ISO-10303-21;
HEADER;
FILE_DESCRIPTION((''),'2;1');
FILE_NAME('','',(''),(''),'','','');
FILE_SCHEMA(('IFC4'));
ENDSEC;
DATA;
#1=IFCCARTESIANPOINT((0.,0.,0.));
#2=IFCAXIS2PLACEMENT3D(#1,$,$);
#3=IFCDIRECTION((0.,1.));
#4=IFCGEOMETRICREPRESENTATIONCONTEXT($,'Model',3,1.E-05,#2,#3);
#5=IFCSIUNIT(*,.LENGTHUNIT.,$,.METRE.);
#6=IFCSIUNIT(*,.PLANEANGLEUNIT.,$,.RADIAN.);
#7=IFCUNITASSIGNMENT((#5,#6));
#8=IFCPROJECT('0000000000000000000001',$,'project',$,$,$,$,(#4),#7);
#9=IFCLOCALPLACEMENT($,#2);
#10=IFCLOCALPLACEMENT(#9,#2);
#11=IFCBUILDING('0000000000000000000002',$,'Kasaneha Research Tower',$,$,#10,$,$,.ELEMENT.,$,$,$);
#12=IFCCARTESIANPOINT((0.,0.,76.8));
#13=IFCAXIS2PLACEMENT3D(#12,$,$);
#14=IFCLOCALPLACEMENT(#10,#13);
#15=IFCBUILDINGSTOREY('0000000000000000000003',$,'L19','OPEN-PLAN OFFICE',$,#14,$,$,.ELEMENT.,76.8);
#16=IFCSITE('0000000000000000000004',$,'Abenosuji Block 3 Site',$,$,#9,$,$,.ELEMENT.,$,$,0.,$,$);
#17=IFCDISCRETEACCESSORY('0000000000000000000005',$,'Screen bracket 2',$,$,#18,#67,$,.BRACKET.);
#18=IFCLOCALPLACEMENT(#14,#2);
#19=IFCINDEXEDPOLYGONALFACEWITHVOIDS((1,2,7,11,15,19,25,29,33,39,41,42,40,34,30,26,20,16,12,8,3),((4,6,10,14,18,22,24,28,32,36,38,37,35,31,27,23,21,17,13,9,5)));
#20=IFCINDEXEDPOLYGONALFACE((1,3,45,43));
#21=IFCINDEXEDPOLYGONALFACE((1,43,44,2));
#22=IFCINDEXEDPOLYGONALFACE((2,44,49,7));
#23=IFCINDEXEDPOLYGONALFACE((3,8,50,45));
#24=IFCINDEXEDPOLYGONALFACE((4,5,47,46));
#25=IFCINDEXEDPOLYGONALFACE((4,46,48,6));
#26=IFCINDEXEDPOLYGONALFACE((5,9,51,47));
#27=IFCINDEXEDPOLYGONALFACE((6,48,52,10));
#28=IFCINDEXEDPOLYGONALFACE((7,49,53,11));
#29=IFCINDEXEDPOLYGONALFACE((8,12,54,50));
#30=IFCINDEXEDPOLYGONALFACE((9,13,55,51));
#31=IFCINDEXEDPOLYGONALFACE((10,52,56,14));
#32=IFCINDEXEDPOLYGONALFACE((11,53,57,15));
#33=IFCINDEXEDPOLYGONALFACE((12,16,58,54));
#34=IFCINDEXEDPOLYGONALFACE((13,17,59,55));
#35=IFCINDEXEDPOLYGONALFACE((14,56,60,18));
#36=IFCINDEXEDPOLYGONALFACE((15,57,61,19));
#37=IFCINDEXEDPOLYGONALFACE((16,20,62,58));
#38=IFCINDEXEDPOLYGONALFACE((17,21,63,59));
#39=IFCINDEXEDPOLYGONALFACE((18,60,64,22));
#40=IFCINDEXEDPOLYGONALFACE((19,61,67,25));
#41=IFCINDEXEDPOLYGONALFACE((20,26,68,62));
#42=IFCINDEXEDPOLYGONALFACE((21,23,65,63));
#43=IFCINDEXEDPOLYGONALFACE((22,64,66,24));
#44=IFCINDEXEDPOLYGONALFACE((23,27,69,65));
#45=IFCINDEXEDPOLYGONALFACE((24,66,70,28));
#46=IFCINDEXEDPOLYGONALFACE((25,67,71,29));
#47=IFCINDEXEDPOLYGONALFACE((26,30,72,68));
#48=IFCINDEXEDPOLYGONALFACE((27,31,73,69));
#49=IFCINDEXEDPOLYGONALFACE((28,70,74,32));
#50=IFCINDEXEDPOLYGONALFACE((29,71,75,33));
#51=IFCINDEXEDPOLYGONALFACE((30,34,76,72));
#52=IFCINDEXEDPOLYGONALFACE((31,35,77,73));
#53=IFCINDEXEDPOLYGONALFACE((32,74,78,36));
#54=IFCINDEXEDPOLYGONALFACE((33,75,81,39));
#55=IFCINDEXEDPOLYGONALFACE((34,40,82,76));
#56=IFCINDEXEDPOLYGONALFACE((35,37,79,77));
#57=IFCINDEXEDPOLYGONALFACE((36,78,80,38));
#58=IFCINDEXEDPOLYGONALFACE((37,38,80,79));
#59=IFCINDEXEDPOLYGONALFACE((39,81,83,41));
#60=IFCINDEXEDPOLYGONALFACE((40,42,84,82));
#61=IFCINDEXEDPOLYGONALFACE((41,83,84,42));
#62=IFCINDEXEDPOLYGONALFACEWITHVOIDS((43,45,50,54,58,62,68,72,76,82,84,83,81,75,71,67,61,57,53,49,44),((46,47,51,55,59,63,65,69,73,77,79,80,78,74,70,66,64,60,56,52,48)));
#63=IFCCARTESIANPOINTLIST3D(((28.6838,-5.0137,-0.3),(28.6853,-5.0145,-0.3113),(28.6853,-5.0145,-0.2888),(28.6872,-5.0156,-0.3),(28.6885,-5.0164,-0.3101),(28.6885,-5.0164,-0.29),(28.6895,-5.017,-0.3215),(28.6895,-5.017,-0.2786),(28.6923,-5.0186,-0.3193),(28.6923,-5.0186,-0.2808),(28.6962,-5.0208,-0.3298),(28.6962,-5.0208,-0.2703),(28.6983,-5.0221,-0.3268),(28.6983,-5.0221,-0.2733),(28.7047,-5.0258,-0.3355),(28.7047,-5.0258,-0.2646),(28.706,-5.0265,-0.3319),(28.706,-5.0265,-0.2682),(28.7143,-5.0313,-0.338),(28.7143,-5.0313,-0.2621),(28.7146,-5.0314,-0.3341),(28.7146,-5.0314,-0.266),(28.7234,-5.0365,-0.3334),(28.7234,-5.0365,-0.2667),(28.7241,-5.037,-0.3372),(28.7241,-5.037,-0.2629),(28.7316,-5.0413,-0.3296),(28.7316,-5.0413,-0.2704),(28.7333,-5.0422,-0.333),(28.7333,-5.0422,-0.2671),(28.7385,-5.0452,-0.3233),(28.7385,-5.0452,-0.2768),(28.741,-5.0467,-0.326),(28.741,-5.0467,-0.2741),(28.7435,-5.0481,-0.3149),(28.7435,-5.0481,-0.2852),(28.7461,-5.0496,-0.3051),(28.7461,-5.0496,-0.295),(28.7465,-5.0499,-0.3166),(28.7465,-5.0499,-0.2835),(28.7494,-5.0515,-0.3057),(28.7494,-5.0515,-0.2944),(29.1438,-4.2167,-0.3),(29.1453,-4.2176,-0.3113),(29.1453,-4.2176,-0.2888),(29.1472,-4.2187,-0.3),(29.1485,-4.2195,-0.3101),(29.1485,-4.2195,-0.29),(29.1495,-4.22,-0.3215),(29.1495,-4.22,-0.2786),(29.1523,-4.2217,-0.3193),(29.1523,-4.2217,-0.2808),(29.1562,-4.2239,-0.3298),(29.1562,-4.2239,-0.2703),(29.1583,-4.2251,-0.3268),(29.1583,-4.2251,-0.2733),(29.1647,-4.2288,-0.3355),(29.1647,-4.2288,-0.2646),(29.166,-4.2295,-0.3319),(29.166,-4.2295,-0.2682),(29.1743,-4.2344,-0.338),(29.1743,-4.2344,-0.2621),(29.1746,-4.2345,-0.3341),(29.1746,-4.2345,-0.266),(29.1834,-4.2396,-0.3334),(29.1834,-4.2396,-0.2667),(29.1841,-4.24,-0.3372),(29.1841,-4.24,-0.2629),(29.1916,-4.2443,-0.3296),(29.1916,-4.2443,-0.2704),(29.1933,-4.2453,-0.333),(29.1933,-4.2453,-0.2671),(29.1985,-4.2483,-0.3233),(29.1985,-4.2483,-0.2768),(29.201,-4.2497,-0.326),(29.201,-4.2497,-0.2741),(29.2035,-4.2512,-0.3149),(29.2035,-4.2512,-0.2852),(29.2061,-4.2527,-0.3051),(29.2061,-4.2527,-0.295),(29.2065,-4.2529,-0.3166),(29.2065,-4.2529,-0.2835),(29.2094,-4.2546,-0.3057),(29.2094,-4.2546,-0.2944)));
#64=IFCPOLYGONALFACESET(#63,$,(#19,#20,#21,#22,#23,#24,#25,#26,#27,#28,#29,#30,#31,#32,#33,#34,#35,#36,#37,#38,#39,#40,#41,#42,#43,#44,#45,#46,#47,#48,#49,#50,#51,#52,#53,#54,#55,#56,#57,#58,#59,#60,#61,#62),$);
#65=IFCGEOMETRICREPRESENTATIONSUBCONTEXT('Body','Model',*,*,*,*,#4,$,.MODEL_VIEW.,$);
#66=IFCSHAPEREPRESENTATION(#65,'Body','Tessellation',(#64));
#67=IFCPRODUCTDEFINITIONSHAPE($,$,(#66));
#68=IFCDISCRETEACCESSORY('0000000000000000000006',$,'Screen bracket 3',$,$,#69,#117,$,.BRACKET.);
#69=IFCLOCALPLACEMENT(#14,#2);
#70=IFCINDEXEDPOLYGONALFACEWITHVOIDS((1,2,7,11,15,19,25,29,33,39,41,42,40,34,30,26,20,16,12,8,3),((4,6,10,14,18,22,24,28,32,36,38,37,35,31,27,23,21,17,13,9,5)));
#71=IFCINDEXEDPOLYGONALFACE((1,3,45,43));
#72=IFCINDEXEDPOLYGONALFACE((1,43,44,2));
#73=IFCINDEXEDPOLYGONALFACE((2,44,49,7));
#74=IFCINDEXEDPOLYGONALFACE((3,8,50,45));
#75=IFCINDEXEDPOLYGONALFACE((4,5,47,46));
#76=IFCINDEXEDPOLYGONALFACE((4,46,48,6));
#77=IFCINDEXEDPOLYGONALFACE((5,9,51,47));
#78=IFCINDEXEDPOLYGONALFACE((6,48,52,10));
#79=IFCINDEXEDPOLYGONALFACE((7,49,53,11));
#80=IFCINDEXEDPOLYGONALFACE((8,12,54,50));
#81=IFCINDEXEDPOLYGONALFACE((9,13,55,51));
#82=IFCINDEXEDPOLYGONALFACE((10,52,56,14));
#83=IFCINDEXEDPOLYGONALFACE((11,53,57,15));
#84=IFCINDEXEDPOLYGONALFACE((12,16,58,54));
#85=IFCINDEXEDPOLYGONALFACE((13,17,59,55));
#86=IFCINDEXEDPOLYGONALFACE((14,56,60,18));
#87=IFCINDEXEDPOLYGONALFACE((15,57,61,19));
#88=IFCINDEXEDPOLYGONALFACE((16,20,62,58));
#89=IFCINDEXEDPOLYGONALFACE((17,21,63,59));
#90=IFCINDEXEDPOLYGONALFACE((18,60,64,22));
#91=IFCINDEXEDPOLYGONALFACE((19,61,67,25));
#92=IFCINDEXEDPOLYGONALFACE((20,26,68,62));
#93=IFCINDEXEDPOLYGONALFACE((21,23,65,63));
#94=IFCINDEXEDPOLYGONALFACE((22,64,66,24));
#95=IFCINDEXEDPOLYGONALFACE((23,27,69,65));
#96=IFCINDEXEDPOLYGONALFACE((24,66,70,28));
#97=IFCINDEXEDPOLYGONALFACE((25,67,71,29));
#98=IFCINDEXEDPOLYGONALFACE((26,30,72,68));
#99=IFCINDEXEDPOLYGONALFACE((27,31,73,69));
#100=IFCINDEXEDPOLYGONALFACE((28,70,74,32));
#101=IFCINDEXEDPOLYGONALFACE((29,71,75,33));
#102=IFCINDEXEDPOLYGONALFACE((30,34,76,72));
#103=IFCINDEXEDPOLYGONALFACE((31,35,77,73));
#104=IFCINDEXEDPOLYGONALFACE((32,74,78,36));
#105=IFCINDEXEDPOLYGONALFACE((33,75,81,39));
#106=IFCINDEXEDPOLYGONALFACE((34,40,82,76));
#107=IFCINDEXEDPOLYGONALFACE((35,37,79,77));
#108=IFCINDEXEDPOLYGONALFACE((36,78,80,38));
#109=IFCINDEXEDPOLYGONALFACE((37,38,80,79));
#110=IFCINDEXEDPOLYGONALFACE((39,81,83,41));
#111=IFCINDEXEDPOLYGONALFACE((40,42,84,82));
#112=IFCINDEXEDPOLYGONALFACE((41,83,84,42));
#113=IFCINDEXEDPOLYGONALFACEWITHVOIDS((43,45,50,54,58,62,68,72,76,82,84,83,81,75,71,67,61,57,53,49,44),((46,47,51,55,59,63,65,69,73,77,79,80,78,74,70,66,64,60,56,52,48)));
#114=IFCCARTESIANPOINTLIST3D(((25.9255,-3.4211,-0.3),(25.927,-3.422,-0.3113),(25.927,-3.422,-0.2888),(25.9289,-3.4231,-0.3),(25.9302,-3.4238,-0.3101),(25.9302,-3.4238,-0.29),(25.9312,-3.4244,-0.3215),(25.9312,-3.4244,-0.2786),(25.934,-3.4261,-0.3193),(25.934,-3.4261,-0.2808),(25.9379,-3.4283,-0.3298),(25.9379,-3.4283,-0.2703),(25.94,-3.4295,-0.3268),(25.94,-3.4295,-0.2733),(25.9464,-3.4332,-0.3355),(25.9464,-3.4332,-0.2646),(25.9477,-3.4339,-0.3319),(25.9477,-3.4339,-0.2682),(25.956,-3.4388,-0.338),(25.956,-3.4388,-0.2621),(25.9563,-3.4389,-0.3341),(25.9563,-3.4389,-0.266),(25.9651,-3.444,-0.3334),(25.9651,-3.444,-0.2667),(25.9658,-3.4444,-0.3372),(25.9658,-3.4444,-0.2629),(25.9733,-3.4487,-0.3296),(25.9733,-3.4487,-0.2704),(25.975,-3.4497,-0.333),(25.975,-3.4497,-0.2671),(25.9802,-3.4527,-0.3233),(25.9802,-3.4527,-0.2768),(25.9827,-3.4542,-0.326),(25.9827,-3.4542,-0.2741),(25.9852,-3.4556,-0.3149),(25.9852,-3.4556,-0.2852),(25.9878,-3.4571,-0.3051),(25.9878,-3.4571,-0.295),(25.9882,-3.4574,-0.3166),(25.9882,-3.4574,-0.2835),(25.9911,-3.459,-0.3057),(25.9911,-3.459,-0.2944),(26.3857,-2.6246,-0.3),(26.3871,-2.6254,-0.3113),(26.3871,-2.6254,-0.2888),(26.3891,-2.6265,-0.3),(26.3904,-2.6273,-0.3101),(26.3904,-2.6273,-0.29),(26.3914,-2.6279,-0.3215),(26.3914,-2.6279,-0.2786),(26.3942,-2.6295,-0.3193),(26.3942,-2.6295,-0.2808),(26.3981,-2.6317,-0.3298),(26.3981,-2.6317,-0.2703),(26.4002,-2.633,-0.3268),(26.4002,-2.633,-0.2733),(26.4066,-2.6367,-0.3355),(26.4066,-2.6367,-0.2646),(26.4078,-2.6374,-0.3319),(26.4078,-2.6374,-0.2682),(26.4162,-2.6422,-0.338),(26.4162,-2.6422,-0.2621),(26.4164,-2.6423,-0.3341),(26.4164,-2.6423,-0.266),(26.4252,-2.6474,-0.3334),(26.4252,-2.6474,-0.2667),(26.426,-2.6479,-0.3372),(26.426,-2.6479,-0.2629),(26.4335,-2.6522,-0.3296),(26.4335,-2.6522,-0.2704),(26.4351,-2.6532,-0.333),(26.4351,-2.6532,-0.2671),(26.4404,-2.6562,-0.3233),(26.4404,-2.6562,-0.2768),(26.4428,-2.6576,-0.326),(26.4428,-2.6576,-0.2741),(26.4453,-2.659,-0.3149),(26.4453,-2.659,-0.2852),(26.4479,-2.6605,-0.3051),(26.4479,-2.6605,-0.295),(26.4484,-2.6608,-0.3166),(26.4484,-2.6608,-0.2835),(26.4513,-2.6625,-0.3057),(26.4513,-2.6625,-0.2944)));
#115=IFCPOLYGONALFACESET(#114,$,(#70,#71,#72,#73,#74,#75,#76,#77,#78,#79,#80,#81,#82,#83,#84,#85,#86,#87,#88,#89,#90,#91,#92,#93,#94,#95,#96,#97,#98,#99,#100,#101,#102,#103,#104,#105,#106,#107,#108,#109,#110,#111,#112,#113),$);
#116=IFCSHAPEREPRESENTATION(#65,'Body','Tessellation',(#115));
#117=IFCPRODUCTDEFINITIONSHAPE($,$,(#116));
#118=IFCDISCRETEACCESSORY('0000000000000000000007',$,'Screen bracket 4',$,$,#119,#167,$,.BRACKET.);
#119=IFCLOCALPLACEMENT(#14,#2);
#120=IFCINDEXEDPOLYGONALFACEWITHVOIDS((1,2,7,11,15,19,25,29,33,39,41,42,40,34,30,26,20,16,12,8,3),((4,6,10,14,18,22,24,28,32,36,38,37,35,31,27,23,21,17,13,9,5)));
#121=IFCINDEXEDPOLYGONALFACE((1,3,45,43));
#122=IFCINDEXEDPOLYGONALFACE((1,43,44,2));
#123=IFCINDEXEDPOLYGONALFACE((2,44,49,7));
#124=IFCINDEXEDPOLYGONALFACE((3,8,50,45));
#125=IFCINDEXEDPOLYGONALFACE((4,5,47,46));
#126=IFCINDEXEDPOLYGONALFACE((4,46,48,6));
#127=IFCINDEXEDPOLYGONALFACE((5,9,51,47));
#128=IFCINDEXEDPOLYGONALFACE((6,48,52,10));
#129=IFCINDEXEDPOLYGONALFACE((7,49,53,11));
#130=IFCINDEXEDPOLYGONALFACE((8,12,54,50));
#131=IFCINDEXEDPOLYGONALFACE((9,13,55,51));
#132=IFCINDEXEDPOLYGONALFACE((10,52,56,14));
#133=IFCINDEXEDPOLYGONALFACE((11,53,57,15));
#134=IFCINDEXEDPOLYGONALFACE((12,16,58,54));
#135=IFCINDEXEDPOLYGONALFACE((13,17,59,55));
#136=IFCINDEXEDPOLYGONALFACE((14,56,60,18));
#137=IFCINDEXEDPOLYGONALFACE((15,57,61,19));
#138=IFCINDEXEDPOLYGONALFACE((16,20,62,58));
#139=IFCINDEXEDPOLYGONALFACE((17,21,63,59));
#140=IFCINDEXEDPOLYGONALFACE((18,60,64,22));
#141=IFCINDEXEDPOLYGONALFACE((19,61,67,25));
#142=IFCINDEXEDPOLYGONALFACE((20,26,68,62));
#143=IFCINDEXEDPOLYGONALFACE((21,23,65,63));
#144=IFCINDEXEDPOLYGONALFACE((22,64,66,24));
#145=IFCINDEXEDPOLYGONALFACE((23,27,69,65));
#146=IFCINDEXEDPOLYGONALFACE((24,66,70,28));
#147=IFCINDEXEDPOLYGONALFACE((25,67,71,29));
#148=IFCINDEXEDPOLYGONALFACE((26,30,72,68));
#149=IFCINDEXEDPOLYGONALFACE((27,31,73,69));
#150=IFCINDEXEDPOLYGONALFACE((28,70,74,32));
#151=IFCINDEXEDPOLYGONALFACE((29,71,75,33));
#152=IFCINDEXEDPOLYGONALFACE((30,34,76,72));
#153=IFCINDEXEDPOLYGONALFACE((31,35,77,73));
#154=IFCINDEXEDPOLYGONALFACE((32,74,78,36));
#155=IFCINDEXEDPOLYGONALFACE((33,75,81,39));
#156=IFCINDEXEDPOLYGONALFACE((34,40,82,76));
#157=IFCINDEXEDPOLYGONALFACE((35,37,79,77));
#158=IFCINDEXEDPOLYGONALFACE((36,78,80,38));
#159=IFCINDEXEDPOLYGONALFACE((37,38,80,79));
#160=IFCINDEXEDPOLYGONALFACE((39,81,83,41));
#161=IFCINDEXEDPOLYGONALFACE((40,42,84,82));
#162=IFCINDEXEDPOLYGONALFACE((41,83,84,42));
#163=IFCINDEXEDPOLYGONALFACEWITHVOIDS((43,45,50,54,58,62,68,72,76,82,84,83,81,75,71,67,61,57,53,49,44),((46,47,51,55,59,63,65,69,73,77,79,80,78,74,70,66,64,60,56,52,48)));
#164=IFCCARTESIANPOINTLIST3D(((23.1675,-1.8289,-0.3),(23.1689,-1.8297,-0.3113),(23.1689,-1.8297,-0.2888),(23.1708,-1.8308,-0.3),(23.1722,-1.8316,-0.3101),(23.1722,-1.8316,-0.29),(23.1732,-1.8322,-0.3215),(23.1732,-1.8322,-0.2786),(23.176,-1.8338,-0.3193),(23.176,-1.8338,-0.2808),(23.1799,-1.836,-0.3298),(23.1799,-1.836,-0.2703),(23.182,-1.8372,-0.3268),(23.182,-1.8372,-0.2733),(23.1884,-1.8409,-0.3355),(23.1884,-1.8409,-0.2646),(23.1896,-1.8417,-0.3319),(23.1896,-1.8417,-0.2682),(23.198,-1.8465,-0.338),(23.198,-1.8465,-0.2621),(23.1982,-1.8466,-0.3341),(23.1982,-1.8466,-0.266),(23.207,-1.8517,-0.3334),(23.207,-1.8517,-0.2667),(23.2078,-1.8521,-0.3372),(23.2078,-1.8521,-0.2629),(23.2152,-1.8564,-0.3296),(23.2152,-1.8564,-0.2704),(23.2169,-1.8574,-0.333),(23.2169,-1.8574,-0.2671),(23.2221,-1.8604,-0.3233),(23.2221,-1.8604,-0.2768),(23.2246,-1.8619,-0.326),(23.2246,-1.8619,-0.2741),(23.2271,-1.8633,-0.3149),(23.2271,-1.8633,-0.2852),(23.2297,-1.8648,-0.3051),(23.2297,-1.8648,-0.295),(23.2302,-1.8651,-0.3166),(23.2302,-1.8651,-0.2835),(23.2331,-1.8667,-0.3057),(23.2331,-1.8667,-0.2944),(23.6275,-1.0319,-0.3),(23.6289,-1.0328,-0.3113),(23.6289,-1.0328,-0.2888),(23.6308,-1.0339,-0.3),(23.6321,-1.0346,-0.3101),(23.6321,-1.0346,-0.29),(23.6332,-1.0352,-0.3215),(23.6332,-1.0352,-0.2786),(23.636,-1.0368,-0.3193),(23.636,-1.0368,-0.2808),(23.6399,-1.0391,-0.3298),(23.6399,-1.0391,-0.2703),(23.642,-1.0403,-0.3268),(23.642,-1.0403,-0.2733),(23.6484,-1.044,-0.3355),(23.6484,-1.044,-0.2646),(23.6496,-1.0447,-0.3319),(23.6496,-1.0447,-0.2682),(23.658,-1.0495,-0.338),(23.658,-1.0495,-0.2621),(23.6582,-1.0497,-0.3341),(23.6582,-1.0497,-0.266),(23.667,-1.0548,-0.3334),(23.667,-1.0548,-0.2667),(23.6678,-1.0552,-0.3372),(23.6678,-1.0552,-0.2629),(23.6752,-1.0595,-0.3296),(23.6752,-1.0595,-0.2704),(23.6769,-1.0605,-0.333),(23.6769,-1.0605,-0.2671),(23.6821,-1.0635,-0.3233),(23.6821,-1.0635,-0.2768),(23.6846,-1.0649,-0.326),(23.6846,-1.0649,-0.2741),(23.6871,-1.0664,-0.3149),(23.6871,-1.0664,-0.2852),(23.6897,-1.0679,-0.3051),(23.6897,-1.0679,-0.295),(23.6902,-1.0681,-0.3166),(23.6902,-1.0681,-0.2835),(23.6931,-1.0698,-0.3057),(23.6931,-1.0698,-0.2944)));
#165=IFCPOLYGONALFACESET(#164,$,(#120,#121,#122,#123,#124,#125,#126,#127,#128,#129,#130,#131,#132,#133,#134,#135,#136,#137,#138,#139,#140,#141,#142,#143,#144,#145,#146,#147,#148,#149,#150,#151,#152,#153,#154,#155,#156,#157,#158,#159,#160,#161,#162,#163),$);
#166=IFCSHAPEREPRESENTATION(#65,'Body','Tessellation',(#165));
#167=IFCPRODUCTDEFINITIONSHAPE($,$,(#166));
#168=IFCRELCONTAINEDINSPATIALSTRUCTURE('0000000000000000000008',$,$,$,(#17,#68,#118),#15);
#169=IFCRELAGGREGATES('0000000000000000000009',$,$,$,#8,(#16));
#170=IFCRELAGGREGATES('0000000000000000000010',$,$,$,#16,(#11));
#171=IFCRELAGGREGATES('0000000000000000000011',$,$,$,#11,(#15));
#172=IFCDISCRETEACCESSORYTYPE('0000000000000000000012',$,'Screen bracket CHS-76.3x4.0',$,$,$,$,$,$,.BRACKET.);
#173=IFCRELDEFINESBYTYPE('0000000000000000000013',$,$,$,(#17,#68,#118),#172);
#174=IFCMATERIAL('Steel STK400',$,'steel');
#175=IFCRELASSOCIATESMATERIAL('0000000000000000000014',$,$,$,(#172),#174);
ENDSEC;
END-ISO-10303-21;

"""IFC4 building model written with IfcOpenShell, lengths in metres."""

from ifc_helpers import new_model, si_unit, direction, frame, origin, origin_2d, place, context, subcontext, project, spatial, hollow_circle, extrude, material, material_profile, profile_set, type_object, element, save


model = new_model("IFC4")

# Units and contexts
model_context = context("Model", 3, precision=1e-05, world=origin(), true_north=direction((0.0, 1.0)))
body_context = subcontext(model_context, "Body", "Model", "MODEL_VIEW")
ifc_project = project(units=[si_unit("LENGTHUNIT", "METRE"), si_unit("PLANEANGLEUNIT", "RADIAN")], contexts=[model_context])

# Site, building, storey
site_placement = place(None, origin())
site = spatial("IfcSite", under=ifc_project, at=site_placement, Name="Abenosuji Block 3 Site", CompositionType="ELEMENT", RefElevation=0.0)
building_placement = place(site_placement, origin())
building = spatial("IfcBuilding", under=site, at=building_placement, Name="Kasaneha Research Tower", CompositionType="ELEMENT")
storey_placement = place(building_placement, frame((0.0, 0.0, 76.8)))
storey = spatial("IfcBuildingStorey", under=building, at=storey_placement, Name="L19", Description="OPEN-PLAN OFFICE", CompositionType="ELEMENT", Elevation=76.8)

# Discrete accessories
ifc_material_1 = material(Name="Steel STK400", Category="steel")
ifc_material_profile_1 = material_profile(ifc_material_1, hollow_circle(Radius=0.0381, WallThickness=0.0039, at=origin_2d()), Name="CHS-76.3x4.0")
ifc_profile_set_1 = profile_set([ifc_material_profile_1], Name="Steel STK400")
discrete_accessory_type = type_object("IfcDiscreteAccessoryType", Name="Screen bracket CHS-76.3x4.0", PredefinedType="BRACKET", material=ifc_profile_set_1)
discrete_accessory_1_placement = place(storey_placement, frame((28.7168, -5.0327, -0.3), z_axis=(0.499906, 0.86608, 0.0), x_axis=(-0.86608, 0.499906, 0.0)))
element("IfcDiscreteAccessory", 1, at=discrete_accessory_1_placement, inside=storey, type_object=discrete_accessory_type, Name="Screen bracket 2", PredefinedType="BRACKET", context=body_context, shape_type="SweptSolid", body=[
    extrude(hollow_circle(Radius=0.0381, WallThickness=0.0039, at=origin_2d()), origin(), (0.0, 0.0, 1.0), 0.9202),
])
discrete_accessory_2_placement = place(storey_placement, frame((25.9585, -3.4402, -0.3), z_axis=(0.50022, 0.865898, 0.0), x_axis=(-0.865898, 0.50022, 0.0)))
element("IfcDiscreteAccessory", 2, at=discrete_accessory_2_placement, inside=storey, type_object=discrete_accessory_type, Name="Screen bracket 3", PredefinedType="BRACKET", context=body_context, shape_type="SweptSolid", body=[
    extrude(hollow_circle(Radius=0.0381, WallThickness=0.0039, at=origin_2d()), origin(), (0.0, 0.0, 1.0), 0.9199),
])
discrete_accessory_3_placement = place(storey_placement, frame((23.2004, -1.8479, -0.3), z_axis=(0.499906, 0.86608, 0.0), x_axis=(-0.86608, 0.499906, 0.0)))
element("IfcDiscreteAccessory", 3, at=discrete_accessory_3_placement, inside=storey, type_object=discrete_accessory_type, Name="Screen bracket 4", PredefinedType="BRACKET", context=body_context, shape_type="SweptSolid", body=[
    extrude(hollow_circle(Radius=0.0381, WallThickness=0.0039, at=origin_2d()), origin(), (0.0, 0.0, 1.0), 0.9202),
])

save(model, "model.ifc")
